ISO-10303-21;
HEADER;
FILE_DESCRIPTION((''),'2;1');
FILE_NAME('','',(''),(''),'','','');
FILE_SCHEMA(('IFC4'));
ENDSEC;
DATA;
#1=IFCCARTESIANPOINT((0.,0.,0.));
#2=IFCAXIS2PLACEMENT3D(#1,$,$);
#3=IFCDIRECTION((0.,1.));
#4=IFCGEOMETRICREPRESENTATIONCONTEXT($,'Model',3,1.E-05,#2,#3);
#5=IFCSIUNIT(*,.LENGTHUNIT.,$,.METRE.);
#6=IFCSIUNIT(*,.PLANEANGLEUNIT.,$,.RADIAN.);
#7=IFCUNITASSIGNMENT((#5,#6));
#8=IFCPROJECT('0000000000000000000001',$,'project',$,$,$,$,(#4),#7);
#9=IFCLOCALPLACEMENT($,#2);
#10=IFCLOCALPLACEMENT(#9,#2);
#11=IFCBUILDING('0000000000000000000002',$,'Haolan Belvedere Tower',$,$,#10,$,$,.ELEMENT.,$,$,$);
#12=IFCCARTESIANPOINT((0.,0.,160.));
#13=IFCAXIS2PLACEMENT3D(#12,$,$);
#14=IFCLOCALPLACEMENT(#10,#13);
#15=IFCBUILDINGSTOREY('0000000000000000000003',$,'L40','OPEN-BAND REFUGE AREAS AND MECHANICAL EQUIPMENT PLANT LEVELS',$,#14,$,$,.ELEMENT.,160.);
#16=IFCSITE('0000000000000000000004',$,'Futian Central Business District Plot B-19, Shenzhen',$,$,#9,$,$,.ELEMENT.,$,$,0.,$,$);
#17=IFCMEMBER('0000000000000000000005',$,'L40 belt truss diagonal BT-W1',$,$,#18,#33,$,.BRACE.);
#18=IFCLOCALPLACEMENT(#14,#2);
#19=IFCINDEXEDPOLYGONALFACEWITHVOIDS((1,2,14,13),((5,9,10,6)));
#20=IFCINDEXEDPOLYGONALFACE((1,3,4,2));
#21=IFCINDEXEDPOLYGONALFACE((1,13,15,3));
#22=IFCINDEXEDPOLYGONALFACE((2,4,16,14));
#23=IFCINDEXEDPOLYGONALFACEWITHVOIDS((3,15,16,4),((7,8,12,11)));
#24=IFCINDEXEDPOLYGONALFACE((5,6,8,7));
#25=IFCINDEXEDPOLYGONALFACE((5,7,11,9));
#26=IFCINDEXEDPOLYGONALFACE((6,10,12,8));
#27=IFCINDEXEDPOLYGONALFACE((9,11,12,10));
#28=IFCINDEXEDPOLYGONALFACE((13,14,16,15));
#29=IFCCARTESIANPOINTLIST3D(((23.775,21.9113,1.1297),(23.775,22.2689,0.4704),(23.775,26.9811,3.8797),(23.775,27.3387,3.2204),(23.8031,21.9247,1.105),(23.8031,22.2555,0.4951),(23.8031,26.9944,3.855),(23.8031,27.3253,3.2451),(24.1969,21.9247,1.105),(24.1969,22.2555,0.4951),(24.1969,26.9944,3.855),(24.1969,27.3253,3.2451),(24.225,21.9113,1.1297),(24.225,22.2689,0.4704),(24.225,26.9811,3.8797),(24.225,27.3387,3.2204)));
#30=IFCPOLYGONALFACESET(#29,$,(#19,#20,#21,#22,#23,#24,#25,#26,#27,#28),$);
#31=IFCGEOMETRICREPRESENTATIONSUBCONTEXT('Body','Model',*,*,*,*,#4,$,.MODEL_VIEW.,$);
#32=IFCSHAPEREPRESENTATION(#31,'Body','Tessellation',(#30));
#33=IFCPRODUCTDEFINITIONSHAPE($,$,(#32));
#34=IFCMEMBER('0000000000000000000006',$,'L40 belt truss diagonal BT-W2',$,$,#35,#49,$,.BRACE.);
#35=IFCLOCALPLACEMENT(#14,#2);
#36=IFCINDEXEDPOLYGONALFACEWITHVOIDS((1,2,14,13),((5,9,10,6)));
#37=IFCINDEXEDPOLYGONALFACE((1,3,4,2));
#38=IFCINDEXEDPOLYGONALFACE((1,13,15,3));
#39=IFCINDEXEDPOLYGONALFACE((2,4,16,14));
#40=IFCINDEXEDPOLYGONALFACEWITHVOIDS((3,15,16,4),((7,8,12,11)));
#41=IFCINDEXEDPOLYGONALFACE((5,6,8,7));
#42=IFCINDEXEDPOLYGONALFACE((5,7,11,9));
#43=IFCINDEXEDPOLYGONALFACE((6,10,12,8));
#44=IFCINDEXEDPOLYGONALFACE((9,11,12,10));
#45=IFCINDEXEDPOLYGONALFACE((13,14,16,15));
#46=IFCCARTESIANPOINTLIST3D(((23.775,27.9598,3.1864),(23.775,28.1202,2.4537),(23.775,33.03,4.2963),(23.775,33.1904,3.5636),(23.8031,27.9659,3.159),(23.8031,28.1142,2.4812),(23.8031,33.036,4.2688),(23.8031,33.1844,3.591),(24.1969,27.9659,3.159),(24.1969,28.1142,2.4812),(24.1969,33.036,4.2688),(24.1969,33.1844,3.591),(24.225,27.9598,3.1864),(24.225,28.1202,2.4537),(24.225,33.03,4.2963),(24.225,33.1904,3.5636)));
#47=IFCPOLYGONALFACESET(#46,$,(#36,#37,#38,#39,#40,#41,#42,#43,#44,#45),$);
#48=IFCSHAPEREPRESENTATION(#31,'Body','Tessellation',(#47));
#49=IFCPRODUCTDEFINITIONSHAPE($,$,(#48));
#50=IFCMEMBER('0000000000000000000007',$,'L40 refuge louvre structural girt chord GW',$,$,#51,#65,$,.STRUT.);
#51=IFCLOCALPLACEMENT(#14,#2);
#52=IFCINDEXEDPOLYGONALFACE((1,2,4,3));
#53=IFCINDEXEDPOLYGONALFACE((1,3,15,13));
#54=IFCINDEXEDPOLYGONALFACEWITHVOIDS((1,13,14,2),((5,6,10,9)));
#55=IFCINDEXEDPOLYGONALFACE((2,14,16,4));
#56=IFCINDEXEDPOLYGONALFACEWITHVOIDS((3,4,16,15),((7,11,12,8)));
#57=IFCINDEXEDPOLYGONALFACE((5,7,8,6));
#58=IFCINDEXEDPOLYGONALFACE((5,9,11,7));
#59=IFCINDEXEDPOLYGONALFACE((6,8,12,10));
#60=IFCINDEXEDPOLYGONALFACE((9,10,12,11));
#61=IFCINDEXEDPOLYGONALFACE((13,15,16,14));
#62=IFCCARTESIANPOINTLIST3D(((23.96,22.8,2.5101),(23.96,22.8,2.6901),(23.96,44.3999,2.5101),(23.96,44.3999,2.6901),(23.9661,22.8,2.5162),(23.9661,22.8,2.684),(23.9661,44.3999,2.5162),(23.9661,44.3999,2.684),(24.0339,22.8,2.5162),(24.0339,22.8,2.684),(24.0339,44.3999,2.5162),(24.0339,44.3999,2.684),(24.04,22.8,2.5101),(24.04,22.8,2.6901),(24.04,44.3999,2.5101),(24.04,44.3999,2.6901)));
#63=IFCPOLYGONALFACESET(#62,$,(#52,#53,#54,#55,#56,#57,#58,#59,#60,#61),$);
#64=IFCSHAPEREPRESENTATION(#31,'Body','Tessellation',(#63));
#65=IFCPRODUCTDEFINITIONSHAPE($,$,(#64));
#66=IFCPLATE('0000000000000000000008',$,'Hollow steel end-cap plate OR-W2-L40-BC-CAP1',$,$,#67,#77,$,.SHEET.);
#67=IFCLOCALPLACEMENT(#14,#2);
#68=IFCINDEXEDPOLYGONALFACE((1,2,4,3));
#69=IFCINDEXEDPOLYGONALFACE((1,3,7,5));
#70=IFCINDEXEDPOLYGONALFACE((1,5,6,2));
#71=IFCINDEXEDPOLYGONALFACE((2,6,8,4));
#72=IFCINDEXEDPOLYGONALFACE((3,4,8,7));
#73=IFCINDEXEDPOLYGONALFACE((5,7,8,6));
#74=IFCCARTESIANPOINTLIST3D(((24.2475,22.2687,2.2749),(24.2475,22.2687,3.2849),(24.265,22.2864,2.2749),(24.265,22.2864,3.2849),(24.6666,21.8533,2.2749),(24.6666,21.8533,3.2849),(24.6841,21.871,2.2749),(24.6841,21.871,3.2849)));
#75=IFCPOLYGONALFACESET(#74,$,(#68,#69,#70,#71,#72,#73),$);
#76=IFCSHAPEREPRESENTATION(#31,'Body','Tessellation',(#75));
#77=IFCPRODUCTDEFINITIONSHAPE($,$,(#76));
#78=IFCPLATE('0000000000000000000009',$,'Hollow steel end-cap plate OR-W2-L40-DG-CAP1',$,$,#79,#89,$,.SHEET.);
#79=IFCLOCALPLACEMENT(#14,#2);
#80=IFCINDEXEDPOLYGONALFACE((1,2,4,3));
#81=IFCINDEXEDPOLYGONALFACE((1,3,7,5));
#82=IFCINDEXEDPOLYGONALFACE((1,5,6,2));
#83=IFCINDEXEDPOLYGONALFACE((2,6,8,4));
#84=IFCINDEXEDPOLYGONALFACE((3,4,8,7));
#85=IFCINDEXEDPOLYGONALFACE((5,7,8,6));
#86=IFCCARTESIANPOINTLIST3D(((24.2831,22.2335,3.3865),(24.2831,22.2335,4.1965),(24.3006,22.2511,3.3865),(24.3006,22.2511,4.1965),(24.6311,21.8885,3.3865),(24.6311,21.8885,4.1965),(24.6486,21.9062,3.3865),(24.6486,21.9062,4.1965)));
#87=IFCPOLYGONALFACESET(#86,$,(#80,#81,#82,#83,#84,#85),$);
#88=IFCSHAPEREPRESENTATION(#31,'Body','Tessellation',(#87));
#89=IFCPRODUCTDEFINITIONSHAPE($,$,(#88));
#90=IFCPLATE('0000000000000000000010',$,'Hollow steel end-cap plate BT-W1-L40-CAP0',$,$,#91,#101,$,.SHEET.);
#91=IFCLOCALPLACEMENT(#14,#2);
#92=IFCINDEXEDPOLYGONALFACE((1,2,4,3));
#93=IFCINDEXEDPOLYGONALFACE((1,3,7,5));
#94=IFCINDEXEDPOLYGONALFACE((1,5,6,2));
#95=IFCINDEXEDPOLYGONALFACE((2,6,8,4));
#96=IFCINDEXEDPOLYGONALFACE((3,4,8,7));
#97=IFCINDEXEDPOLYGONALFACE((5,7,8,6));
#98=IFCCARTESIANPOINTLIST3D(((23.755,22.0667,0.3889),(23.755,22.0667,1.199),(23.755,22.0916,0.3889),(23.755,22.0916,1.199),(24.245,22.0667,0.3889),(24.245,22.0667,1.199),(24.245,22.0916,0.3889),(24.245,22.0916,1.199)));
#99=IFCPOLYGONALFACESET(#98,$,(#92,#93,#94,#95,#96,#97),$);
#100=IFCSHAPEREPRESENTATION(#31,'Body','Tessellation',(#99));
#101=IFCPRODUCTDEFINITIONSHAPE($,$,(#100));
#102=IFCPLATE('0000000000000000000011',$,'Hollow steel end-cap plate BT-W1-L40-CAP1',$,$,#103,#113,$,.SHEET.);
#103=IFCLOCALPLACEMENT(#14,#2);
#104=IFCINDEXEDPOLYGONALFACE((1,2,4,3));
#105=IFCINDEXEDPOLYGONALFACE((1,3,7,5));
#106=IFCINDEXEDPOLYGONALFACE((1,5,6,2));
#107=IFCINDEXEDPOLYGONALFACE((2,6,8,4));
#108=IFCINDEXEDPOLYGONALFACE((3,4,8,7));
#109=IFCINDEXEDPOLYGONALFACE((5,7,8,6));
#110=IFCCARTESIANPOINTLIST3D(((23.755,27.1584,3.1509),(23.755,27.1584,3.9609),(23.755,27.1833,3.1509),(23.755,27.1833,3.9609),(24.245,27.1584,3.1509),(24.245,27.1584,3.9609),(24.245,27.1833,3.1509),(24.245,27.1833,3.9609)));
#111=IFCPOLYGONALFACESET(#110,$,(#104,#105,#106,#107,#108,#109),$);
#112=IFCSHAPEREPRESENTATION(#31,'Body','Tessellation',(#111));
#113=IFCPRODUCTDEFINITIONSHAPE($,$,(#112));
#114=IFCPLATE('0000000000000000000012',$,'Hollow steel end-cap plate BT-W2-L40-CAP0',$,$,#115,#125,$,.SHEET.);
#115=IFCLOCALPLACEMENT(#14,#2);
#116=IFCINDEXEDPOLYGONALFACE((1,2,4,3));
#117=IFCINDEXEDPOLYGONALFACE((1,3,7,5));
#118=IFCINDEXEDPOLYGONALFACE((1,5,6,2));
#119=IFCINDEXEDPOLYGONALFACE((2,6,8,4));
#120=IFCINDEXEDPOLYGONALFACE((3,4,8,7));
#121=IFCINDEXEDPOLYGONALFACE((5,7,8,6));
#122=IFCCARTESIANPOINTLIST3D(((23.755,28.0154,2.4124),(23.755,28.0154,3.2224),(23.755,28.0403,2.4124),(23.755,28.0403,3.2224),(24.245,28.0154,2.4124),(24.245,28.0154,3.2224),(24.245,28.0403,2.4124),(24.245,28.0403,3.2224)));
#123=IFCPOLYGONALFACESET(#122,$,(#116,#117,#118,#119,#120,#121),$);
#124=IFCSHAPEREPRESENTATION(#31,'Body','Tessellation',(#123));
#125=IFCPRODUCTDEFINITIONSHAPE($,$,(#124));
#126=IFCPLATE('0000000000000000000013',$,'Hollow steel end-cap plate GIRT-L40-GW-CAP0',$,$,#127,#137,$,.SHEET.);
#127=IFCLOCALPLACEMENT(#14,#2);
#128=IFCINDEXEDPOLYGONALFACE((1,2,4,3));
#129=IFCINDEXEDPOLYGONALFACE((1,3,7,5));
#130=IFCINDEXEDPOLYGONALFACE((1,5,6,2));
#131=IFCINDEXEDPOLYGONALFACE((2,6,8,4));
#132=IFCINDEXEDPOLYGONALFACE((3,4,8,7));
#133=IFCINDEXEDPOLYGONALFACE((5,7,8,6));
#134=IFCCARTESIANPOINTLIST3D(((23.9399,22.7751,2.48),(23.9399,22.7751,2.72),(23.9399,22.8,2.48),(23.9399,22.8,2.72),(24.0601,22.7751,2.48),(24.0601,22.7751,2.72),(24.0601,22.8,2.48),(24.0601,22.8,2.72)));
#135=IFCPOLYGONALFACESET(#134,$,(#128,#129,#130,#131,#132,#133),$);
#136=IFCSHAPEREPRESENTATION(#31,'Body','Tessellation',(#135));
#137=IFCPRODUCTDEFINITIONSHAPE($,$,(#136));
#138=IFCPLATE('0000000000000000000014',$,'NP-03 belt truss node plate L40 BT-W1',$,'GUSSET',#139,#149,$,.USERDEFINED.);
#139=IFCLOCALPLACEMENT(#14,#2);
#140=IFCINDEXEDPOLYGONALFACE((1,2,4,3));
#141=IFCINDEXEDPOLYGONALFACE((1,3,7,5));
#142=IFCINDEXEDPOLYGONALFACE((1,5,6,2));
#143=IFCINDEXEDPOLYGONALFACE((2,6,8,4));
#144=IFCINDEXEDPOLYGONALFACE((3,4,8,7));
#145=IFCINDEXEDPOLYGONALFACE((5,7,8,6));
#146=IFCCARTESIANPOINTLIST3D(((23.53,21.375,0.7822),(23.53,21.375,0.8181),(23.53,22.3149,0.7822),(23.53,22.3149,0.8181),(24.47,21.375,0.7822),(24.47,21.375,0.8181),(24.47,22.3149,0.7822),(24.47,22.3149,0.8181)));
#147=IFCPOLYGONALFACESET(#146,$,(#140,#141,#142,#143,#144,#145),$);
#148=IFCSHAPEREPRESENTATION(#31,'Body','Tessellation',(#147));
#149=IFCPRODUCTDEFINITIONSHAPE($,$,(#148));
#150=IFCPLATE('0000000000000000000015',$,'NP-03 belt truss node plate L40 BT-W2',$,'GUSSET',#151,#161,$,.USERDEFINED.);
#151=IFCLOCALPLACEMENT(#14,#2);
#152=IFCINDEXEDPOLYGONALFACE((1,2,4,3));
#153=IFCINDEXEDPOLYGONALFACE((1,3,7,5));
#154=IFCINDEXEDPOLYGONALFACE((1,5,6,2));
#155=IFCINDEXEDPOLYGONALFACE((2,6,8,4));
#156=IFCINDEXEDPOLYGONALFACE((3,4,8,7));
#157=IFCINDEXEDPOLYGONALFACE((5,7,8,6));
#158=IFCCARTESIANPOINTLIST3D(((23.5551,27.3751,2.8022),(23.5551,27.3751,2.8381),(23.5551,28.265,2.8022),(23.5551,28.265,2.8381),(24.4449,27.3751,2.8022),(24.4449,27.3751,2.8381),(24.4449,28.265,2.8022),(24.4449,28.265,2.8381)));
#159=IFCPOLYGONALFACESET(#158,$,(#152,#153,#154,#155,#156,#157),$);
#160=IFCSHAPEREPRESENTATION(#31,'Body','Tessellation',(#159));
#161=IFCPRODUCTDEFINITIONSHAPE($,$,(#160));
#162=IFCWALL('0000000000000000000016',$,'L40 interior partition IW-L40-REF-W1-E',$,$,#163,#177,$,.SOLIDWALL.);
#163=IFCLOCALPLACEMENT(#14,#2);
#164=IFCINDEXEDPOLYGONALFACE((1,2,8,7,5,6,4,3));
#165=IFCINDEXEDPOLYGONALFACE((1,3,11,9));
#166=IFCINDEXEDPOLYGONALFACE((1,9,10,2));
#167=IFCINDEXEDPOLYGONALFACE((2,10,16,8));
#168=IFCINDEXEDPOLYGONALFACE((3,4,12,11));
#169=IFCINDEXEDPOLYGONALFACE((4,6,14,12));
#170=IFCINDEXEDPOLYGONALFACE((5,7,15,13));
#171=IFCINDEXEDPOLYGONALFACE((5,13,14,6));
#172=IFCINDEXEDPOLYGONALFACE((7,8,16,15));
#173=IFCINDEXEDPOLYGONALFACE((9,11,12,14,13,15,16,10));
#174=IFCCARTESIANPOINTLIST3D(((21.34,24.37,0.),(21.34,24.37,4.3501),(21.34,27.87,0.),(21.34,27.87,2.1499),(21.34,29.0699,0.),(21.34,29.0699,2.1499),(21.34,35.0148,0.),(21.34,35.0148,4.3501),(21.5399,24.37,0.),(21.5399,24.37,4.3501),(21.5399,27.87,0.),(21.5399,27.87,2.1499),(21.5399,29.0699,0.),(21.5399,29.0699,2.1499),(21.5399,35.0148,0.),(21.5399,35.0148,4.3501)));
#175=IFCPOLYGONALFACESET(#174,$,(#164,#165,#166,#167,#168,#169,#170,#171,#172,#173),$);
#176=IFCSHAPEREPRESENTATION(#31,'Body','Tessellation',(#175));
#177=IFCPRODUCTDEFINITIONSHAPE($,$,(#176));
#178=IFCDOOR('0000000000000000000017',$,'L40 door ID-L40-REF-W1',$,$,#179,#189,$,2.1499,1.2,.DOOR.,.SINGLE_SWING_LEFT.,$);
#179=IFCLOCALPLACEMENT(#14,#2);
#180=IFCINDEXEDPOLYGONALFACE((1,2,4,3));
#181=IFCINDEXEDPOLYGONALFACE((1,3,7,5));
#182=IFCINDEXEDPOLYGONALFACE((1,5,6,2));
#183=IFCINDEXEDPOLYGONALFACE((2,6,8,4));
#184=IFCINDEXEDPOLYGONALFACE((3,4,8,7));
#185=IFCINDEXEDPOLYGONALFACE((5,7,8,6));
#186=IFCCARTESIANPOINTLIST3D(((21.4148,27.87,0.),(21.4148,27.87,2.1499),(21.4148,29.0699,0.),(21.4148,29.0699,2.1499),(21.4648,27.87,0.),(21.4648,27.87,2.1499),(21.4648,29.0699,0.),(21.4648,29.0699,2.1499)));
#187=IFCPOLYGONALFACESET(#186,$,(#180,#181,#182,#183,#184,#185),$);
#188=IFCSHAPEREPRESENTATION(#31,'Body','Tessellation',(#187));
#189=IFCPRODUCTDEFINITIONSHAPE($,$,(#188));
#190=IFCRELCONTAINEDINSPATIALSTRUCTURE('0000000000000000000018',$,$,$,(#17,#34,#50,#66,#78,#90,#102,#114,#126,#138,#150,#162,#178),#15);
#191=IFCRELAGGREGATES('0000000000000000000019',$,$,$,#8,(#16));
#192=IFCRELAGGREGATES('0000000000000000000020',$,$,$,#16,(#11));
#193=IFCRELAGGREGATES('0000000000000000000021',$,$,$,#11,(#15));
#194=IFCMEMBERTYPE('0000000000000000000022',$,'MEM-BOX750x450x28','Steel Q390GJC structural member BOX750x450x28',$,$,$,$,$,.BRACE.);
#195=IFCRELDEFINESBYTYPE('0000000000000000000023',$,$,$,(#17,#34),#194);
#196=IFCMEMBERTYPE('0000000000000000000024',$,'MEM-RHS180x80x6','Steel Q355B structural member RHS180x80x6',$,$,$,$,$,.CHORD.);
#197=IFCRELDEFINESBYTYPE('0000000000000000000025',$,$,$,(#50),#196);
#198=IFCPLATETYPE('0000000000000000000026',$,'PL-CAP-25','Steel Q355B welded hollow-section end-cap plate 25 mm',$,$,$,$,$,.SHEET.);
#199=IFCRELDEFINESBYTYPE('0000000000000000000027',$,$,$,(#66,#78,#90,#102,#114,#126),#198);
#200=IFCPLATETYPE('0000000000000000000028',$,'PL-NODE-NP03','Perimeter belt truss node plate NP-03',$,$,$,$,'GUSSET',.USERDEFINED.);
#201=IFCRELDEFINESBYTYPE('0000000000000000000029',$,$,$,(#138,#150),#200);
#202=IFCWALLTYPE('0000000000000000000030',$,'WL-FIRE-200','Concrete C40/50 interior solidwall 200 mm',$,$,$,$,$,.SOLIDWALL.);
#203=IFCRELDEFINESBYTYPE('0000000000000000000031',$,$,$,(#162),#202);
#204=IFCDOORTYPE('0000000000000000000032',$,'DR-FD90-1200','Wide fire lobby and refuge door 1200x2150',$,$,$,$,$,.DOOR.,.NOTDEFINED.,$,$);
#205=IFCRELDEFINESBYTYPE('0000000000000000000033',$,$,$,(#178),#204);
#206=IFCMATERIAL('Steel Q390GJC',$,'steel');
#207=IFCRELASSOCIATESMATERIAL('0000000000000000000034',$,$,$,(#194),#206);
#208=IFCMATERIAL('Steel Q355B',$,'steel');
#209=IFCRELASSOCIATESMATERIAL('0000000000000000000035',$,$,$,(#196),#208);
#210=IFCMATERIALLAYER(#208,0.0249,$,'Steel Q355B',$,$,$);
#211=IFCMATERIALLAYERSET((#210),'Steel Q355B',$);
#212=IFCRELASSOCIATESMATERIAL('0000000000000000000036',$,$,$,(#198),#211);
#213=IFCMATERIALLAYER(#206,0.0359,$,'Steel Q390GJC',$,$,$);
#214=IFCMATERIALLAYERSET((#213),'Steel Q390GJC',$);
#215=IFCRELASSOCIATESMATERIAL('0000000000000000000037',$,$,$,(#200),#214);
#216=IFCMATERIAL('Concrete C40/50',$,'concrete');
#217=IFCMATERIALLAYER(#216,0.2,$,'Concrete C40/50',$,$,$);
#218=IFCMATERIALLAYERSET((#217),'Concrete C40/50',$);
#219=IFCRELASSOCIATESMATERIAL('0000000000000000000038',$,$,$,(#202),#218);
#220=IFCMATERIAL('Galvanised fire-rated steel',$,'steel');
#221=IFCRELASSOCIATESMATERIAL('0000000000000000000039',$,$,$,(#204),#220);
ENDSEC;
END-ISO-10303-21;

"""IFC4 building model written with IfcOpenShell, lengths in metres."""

from ifc_helpers import new_model, si_unit, direction, frame, frame_2d, origin, origin_2d, place, context, subcontext, project, spatial, rectangle, hollow_rectangle, extrude, material, layer, layer_set, material_profile, profile_set, type_object, element, fill, save


model = new_model("IFC4")

# Units and contexts
model_context = context("Model", 3, precision=1e-05, world=origin(), true_north=direction((0.0, 1.0)))
body_context = subcontext(model_context, "Body", "Model", "MODEL_VIEW")
ifc_project = project(units=[si_unit("LENGTHUNIT", "METRE"), si_unit("PLANEANGLEUNIT", "RADIAN")], contexts=[model_context])

# Site, building, storey
site_placement = place(None, origin())
site = spatial("IfcSite", under=ifc_project, at=site_placement, Name="Futian Central Business District Plot B-19, Shenzhen", CompositionType="ELEMENT", RefElevation=0.0)
building_placement = place(site_placement, origin())
building = spatial("IfcBuilding", under=site, at=building_placement, Name="Haolan Belvedere Tower", CompositionType="ELEMENT")
storey_placement = place(building_placement, frame((0.0, 0.0, 160.0)))
storey = spatial("IfcBuildingStorey", under=building, at=storey_placement, Name="L40", Description="OPEN-BAND REFUGE AREAS AND MECHANICAL EQUIPMENT PLANT LEVELS", CompositionType="ELEMENT", Elevation=160.0)

# Shared definitions
ifc_material_1 = material(Name="Steel Q390GJC", Category="steel")

# Shared definitions
ifc_material_2 = material(Name="Steel Q355B", Category="steel")

# Members
ifc_material_profile_1 = material_profile(ifc_material_1, hollow_rectangle(XDim=0.45, YDim=0.75, WallThickness=0.0281, at=origin_2d()), Name="Steel Q390GJC")
ifc_profile_set_1 = profile_set([ifc_material_profile_1], Name="Steel Q390GJC")
member_type_1 = type_object("IfcMemberType", Name="MEM-BOX750x450x28", Description="Steel Q390GJC structural member BOX750x450x28", PredefinedType="BRACE", material=ifc_profile_set_1)
member_1_placement = place(storey_placement, frame((24.0, 22.0901, 0.8), z_axis=(0.0, 0.879013, 0.476799), x_axis=(-1.0, 0.0, 0.0)))
element("IfcMember", 1, at=member_1_placement, inside=storey, type_object=member_type_1, Name="L40 belt truss diagonal BT-W1", PredefinedType="BRACE", context=body_context, shape_type="SweptSolid", body=[
    extrude(hollow_rectangle(XDim=0.45, YDim=0.75, WallThickness=0.0281, at=origin_2d()), origin(), (0.0, 0.0, 1.0), 5.7676),
])
member_2_placement = place(storey_placement, frame((24.0, 28.04, 2.8201), z_axis=(0.0, 0.976868, 0.213841), x_axis=(-1.0, 0.0, 0.0)))
element("IfcMember", 2, at=member_2_placement, inside=storey, type_object=member_type_1, Name="L40 belt truss diagonal BT-W2", PredefinedType="BRACE", context=body_context, shape_type="SweptSolid", body=[
    extrude(hollow_rectangle(XDim=0.45, YDim=0.75, WallThickness=0.0281, at=origin_2d()), origin(), (0.0, 0.0, 1.0), 5.1902),
])
ifc_material_profile_2 = material_profile(ifc_material_2, hollow_rectangle(XDim=0.0801, YDim=0.1799, WallThickness=0.0061, at=origin_2d()), Name="Steel Q355B")
ifc_profile_set_2 = profile_set([ifc_material_profile_2], Name="Steel Q355B")
member_type_2 = type_object("IfcMemberType", Name="MEM-RHS180x80x6", Description="Steel Q355B structural member RHS180x80x6", PredefinedType="CHORD", material=ifc_profile_set_2)
member_3_placement = place(storey_placement, frame((24.0, 22.8, 2.6001), z_axis=(0.0, 1.0, 0.0), x_axis=(-1.0, 0.0, 0.0)))
element("IfcMember", 3, at=member_3_placement, inside=storey, type_object=member_type_2, Name="L40 refuge louvre structural girt chord GW", PredefinedType="STRUT", context=body_context, shape_type="SweptSolid", body=[
    extrude(hollow_rectangle(XDim=0.0801, YDim=0.1799, WallThickness=0.0061, at=origin_2d()), origin(), (0.0, 0.0, 1.0), 21.5999),
])

# Plates
ifc_layer_1 = layer(ifc_material_2, 0.0249, Name="Steel Q355B")
ifc_layer_set_1 = layer_set([ifc_layer_1], Name="Steel Q355B")
plate_type_1 = type_object("IfcPlateType", Name="PL-CAP-25", Description="Steel Q355B welded hollow-section end-cap plate 25 mm", PredefinedType="SHEET", material=ifc_layer_set_1)
plate_1_placement = place(storey_placement, frame((24.4658, 22.0698, 2.2749), z_axis=(0.0, 0.0, 1.0), x_axis=(0.71021, -0.70399, 0.0)))
element("IfcPlate", 4, at=plate_1_placement, inside=storey, type_object=plate_type_1, Name="Hollow steel end-cap plate OR-W2-L40-BC-CAP1", PredefinedType="SHEET", context=body_context, shape_type="SweptSolid", body=[
    extrude(rectangle(XDim=0.5901, YDim=0.0249, at=origin_2d()), origin(), (0.0, 0.0, 1.0), 1.01),
])
for number, where, z_axis, x_axis, name in (
    (5, (24.4658, 22.0698, 3.3865), (0.0, 0.0, 1.0), (0.71021, -0.70399, 0.0), "Hollow steel end-cap plate OR-W2-L40-DG-CAP1"),
    (6, (24.0, 22.0791, 0.3889), (0.0, 0.0, 1.0), (1.0, 0.0, 0.0), "Hollow steel end-cap plate BT-W1-L40-CAP0"),
    (7, (24.0, 27.1709, 3.1509), (0.0, 0.0, 1.0), (-1.0, 0.0, 0.0), "Hollow steel end-cap plate BT-W1-L40-CAP1"),
    (8, (24.0, 28.0278, 2.4124), (0.0, 0.0, 1.0), (1.0, 0.0, 0.0), "Hollow steel end-cap plate BT-W2-L40-CAP0"),
):
    element("IfcPlate", number, at=place(storey_placement, frame(where, z_axis=z_axis, x_axis=x_axis)), inside=storey, type_object=plate_type_1, Name=name, PredefinedType="SHEET", context=body_context, shape_type="SweptSolid", body=[
        extrude(rectangle(XDim=0.49, YDim=0.0249, at=origin_2d()), origin(), (0.0, 0.0, 1.0), 0.8101),
    ])
plate_2_placement = place(storey_placement, frame((24.0, 22.7876, 2.48), z_axis=(0.0, 0.0, 1.0), x_axis=(1.0, 0.0, 0.0)))
element("IfcPlate", 9, at=plate_2_placement, inside=storey, type_object=plate_type_1, Name="Hollow steel end-cap plate GIRT-L40-GW-CAP0", PredefinedType="SHEET", context=body_context, shape_type="SweptSolid", body=[
    extrude(rectangle(XDim=0.1201, YDim=0.0249, at=origin_2d()), origin(), (0.0, 0.0, 1.0), 0.24),
])
ifc_layer_2 = layer(ifc_material_1, 0.0359, Name="Steel Q390GJC")
ifc_layer_set_2 = layer_set([ifc_layer_2], Name="Steel Q390GJC")
plate_type_2 = type_object("IfcPlateType", Name="PL-NODE-NP03", Description="Perimeter belt truss node plate NP-03", ElementType="GUSSET", PredefinedType="USERDEFINED", material=ifc_layer_set_2)
plate_3_placement = place(storey_placement, frame((24.0, 21.845, 0.7822), z_axis=(0.0, 0.0, 1.0), x_axis=(1.0, 0.0, 0.0)))
element("IfcPlate", 10, at=plate_3_placement, inside=storey, type_object=plate_type_2, Name="NP-03 belt truss node plate L40 BT-W1", ObjectType="GUSSET", PredefinedType="USERDEFINED", context=body_context, shape_type="SweptSolid", body=[
    extrude(rectangle(XDim=0.9399, YDim=0.9399, at=origin_2d()), origin(), (0.0, 0.0, 1.0), 0.0359),
])
plate_4_placement = place(storey_placement, frame((24.0, 27.8201, 2.8022), z_axis=(0.0, 0.0, 1.0), x_axis=(1.0, 0.0, 0.0)))
element("IfcPlate", 11, at=plate_4_placement, inside=storey, type_object=plate_type_2, Name="NP-03 belt truss node plate L40 BT-W2", ObjectType="GUSSET", PredefinedType="USERDEFINED", context=body_context, shape_type="SweptSolid", body=[
    extrude(rectangle(XDim=0.8899, YDim=0.8899, at=origin_2d()), origin(), (0.0, 0.0, 1.0), 0.0359),
])

# Wall, opening, door
ifc_material_3 = material(Name="Concrete C40/50", Category="concrete")
ifc_layer_3 = layer(ifc_material_3, 0.2, Name="Concrete C40/50")
ifc_layer_set_3 = layer_set([ifc_layer_3], Name="Concrete C40/50")
wall_type_1 = type_object("IfcWallType", Name="WL-FIRE-200", Description="Concrete C40/50 interior solidwall 200 mm", PredefinedType="SOLIDWALL", material=ifc_layer_set_3)
wall_1_placement = place(storey_placement, frame((21.4399, 24.3701, 0.0), z_axis=(0.0, 0.0, 1.0), x_axis=(0.0, 1.0, 0.0)))
wall_1 = element("IfcWall", 12, at=wall_1_placement, inside=storey, type_object=wall_type_1, Name="L40 interior partition IW-L40-REF-W1-E", PredefinedType="SOLIDWALL", context=body_context, shape_type="SweptSolid", body=[
    extrude(rectangle(XDim=10.6448, YDim=0.2, at=frame_2d((5.3223, 0.0))), origin(), (0.0, 0.0, 1.0), 4.3501),
])
opening_1_placement = place(wall_1_placement, frame((4.7, 0.0, 0.0), z_axis=(0.0, 0.0, 1.0), x_axis=(-1.0, 0.0, 0.0)))
opening_1 = element("IfcOpeningElement", 13, at=opening_1_placement, cuts=wall_1, PredefinedType="OPENING", context=body_context, shape_type="SweptSolid", body=[
    extrude(rectangle(XDim=1.2, YDim=2.1499, at=frame_2d((0.6001, 1.075))), frame((0.0, 0.1099, 0.0), z_axis=(0.0, -1.0, 0.0), x_axis=(1.0, 0.0, 0.0)), (0.0, 0.0, 1.0), 0.22),
])
ifc_material_4 = material(Name="Galvanised fire-rated steel", Category="steel")
door_type_1 = type_object("IfcDoorType", Name="DR-FD90-1200", Description="Wide fire lobby and refuge door 1200x2150", OperationType="NOTDEFINED", PredefinedType="DOOR", material=ifc_material_4)
door_1_placement = place(opening_1_placement, origin())
door_1 = element("IfcDoor", 14, at=door_1_placement, inside=storey, type_object=door_type_1, Name="L40 door ID-L40-REF-W1", OperationType="SINGLE_SWING_LEFT", OverallHeight=2.1499, OverallWidth=1.2, PredefinedType="DOOR", context=body_context, shape_type="SweptSolid", body=[
    extrude(rectangle(XDim=1.2, YDim=2.1499, at=frame_2d((0.6001, 1.075))), frame((0.0, 0.0249, 0.0), z_axis=(0.0, -1.0, 0.0), x_axis=(1.0, 0.0, 0.0)), (0.0, 0.0, 1.0), 0.05),
])
fill(opening_1, door_1)

save(model, "model.ifc")
